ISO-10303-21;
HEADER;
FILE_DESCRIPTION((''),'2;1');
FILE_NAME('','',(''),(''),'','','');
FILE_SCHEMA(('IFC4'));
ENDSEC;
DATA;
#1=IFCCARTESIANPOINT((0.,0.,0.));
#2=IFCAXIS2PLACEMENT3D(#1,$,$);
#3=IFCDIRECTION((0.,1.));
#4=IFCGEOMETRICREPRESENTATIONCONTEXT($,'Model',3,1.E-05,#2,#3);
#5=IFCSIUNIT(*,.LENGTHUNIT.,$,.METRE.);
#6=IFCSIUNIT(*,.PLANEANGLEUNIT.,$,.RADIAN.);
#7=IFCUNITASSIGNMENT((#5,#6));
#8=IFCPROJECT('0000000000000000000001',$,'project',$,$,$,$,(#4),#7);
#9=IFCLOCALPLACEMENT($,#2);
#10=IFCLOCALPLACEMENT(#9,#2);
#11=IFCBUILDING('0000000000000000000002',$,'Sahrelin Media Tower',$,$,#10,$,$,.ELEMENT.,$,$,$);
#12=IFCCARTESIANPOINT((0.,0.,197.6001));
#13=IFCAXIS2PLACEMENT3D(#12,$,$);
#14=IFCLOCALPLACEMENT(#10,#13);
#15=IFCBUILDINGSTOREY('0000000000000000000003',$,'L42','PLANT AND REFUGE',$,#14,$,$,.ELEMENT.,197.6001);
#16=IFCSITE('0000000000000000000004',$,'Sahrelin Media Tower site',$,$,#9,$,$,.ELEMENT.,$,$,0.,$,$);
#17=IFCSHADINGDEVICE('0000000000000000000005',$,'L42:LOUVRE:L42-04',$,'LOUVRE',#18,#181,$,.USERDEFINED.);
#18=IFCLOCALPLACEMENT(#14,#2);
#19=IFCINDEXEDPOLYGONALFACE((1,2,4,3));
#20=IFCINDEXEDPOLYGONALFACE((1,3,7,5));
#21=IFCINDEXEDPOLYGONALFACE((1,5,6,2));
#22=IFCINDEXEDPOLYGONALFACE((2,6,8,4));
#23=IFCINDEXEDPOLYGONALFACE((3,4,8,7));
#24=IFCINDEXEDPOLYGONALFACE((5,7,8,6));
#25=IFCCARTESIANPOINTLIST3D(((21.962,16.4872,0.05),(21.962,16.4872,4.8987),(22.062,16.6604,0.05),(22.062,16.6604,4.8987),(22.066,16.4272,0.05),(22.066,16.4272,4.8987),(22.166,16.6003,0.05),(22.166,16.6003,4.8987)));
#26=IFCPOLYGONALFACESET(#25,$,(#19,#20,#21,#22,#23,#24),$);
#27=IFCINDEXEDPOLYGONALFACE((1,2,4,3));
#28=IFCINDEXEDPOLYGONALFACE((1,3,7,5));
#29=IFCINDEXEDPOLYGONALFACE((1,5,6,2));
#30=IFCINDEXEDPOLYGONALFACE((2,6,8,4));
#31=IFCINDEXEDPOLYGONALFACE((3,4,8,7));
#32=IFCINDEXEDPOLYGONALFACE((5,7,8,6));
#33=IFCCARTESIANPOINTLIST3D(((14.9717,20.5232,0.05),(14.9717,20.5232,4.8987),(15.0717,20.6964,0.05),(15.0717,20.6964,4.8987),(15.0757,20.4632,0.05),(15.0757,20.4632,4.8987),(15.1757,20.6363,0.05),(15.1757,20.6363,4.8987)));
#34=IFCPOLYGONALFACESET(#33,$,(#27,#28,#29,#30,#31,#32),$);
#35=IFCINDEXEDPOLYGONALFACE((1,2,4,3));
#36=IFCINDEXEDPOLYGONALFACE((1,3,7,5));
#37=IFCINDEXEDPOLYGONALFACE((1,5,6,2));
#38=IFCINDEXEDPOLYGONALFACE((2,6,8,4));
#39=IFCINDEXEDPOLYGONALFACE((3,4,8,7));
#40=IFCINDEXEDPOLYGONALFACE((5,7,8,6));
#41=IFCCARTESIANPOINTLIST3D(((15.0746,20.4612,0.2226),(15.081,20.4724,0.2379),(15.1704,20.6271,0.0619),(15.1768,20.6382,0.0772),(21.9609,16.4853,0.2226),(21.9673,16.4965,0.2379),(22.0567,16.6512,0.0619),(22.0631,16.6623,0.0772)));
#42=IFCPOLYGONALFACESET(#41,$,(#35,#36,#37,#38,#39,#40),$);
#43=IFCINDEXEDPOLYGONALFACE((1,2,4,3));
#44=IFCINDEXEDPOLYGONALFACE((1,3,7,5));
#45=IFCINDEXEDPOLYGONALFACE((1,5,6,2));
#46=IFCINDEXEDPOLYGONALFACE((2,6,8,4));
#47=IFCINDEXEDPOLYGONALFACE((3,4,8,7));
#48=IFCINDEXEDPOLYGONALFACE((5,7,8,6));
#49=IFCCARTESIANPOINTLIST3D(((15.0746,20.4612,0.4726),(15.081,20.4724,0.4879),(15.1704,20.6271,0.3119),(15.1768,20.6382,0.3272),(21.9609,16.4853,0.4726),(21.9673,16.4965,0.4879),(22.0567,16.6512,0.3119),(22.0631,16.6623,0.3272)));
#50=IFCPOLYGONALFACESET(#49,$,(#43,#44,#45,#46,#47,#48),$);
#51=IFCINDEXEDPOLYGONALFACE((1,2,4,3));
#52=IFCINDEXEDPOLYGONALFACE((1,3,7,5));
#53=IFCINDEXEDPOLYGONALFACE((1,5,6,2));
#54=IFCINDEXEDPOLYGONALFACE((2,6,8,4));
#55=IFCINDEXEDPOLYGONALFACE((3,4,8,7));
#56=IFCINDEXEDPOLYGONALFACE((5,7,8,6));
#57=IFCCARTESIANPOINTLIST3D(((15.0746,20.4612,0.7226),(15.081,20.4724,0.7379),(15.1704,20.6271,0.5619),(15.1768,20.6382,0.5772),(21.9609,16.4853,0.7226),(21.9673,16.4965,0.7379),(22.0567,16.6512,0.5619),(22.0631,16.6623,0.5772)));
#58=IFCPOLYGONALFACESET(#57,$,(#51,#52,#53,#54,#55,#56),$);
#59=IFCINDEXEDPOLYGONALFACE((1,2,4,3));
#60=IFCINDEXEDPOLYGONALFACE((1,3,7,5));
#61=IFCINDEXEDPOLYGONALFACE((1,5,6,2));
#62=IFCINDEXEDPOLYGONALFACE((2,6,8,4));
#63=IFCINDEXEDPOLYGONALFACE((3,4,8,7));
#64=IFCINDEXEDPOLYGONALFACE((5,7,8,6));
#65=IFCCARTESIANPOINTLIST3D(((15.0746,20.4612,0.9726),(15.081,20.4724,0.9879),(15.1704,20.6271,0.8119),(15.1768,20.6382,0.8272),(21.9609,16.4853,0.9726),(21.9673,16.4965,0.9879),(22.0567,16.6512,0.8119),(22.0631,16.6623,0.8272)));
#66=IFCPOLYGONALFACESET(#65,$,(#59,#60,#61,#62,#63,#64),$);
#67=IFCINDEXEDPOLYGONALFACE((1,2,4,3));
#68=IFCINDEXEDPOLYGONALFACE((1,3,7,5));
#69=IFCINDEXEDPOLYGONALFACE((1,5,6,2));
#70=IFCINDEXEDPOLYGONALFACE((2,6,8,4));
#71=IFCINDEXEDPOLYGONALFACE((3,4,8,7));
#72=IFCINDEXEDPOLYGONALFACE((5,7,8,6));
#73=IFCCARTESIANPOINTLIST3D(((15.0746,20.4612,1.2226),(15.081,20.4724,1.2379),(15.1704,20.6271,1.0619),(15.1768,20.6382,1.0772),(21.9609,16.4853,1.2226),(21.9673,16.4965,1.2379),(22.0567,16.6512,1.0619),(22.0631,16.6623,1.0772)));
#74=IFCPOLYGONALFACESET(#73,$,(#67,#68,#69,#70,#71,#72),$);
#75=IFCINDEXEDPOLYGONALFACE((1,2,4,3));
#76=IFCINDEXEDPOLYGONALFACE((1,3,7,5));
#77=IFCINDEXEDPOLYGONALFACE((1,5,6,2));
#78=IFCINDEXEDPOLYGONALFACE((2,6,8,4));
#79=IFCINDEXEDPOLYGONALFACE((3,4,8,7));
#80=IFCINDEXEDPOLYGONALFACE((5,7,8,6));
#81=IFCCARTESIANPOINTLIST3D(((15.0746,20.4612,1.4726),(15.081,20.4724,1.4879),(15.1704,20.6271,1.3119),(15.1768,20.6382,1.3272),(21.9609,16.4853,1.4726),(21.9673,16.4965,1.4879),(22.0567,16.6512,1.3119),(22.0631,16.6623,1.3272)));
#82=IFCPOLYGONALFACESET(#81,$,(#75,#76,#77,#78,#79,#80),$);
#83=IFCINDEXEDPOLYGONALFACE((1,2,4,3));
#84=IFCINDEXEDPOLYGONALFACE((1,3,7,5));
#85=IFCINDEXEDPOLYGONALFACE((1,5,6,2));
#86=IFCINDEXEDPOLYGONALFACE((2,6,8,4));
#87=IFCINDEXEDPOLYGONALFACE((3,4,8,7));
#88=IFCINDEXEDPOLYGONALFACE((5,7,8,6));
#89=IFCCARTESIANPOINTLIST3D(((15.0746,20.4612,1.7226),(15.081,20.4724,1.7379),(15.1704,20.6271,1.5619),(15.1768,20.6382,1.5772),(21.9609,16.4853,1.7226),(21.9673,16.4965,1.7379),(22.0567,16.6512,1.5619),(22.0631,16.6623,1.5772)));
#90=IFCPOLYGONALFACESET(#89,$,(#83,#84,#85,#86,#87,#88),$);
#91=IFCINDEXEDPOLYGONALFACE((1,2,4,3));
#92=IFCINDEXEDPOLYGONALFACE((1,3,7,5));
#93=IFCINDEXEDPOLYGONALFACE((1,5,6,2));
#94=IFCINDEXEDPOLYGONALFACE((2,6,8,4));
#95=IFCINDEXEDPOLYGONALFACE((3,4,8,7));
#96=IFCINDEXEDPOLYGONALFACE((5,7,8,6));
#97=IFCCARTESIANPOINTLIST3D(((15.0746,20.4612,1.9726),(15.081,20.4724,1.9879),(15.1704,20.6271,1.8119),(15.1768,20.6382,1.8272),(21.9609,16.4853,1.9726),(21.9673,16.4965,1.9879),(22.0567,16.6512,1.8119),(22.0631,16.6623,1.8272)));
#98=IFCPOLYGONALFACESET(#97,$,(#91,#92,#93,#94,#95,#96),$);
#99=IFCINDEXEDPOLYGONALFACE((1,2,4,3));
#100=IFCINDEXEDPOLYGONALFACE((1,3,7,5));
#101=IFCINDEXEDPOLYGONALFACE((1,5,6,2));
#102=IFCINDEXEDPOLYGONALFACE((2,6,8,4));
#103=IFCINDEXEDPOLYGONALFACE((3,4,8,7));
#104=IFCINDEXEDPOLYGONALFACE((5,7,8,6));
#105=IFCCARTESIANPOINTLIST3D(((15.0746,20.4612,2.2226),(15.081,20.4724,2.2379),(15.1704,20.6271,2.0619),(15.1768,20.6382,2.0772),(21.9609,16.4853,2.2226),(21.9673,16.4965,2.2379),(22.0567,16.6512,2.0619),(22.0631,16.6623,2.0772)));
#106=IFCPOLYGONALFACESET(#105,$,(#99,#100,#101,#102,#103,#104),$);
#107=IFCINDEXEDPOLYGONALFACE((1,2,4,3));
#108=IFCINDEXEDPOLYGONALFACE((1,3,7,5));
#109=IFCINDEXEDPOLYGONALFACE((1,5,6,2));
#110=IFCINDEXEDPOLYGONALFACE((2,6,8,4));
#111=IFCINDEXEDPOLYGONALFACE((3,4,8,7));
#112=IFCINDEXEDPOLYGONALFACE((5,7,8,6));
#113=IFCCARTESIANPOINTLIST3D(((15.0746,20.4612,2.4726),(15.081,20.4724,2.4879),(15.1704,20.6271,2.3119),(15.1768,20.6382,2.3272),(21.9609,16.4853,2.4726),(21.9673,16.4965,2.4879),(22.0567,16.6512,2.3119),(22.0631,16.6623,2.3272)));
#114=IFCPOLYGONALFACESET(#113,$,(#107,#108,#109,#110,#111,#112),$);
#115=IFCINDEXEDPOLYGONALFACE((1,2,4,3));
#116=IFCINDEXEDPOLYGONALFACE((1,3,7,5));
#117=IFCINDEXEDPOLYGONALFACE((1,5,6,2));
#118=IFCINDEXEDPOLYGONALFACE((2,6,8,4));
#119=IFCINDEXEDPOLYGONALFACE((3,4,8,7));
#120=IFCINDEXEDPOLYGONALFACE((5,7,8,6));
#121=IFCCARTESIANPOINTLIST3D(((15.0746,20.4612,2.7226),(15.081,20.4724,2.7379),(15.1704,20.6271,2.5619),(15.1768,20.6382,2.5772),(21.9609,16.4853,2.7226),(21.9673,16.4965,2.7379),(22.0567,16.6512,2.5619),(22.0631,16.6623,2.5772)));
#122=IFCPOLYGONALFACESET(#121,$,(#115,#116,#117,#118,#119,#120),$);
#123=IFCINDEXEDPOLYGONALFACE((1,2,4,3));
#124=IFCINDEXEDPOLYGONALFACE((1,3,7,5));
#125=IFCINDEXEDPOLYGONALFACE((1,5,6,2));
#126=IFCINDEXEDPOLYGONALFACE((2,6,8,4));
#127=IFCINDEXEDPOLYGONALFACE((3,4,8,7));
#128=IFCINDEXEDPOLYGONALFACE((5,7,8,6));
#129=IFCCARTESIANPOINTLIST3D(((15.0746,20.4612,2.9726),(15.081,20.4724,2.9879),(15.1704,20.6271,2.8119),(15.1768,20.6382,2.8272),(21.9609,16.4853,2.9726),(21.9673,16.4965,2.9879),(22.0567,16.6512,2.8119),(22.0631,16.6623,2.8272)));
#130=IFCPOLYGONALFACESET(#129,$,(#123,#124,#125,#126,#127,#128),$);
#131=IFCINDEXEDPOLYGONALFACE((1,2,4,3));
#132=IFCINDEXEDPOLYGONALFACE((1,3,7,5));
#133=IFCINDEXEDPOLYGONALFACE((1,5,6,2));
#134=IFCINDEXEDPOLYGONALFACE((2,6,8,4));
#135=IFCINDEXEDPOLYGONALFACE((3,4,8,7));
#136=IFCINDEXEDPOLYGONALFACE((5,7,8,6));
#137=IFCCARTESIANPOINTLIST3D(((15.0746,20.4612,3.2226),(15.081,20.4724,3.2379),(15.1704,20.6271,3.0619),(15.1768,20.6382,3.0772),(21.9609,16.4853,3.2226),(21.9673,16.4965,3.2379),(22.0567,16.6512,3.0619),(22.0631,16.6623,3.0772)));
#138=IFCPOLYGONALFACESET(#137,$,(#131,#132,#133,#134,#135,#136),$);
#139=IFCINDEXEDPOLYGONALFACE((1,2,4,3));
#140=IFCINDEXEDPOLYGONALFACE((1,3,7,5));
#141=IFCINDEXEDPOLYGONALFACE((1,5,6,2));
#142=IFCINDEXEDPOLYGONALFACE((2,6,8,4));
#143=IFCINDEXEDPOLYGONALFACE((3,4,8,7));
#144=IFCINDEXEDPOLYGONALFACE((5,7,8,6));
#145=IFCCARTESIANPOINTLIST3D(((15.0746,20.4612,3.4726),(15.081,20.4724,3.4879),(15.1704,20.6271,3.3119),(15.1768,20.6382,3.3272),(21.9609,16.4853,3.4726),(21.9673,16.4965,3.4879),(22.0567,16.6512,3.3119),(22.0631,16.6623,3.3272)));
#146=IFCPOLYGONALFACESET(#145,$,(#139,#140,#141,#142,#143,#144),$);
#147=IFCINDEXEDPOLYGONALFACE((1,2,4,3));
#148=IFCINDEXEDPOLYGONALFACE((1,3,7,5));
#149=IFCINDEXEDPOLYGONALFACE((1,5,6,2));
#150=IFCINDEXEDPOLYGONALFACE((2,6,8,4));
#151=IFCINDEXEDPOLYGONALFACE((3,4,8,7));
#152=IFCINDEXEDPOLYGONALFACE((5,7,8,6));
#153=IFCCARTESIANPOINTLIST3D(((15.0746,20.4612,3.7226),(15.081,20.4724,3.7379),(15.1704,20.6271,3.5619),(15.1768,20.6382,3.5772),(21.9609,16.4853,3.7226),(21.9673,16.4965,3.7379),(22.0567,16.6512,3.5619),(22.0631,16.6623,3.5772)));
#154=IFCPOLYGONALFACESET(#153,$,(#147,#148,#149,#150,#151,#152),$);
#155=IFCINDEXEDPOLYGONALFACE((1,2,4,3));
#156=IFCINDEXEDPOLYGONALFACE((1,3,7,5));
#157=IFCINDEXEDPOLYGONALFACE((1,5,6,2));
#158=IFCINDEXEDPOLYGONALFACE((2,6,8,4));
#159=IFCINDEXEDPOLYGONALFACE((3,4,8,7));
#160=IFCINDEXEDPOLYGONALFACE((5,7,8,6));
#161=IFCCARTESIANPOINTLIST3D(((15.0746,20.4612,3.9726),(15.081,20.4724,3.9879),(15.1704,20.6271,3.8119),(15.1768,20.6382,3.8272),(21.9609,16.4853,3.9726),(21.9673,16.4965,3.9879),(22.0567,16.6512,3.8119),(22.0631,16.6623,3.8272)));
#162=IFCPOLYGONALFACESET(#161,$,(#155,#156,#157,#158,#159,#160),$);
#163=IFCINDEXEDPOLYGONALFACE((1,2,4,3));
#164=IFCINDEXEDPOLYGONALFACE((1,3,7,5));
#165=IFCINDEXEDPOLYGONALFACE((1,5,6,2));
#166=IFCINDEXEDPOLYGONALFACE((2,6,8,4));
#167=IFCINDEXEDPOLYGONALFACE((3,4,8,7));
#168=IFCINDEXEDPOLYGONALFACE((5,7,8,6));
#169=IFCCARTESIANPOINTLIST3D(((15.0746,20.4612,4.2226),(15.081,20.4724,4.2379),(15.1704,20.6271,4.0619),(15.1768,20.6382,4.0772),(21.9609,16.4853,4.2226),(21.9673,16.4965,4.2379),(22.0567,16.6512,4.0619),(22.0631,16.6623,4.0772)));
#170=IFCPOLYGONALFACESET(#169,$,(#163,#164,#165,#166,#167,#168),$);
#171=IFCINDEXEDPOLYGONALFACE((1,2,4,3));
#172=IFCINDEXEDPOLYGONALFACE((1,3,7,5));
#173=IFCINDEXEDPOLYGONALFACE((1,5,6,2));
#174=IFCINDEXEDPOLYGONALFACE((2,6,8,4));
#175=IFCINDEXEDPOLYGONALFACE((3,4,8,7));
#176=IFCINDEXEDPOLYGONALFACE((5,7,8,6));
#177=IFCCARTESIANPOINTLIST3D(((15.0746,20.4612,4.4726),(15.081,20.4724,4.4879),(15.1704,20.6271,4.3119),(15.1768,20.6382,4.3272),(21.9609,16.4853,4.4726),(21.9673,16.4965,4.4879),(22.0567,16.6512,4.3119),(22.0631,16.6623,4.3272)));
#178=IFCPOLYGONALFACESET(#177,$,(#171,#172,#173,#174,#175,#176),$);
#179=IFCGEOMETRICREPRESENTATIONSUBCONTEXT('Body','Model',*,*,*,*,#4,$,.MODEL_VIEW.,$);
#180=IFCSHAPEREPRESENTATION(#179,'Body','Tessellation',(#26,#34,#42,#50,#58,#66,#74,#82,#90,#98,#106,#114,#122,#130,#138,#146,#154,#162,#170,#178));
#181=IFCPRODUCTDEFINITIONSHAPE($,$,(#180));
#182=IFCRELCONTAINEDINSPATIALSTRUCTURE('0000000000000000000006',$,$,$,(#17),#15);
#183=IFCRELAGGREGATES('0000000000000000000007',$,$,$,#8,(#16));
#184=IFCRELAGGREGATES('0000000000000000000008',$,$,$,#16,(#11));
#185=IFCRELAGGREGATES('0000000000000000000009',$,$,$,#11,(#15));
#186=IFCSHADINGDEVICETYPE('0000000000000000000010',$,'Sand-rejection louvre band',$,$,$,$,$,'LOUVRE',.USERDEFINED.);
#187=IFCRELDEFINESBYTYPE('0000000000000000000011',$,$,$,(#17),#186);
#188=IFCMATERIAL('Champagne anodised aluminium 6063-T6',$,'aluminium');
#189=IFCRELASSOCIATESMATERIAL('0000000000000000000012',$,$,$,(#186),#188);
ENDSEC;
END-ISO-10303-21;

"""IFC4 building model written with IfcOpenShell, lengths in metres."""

from ifc_helpers import new_model, si_unit, direction, frame, origin, origin_2d, place, context, subcontext, project, spatial, rectangle, extrude, material, type_object, element, save


model = new_model("IFC4")

# Units and contexts
model_context = context("Model", 3, precision=1e-05, world=origin(), true_north=direction((0.0, 1.0)))
body_context = subcontext(model_context, "Body", "Model", "MODEL_VIEW")
ifc_project = project(units=[si_unit("LENGTHUNIT", "METRE"), si_unit("PLANEANGLEUNIT", "RADIAN")], contexts=[model_context])

# Site, building, storey
site_placement = place(None, origin())
site = spatial("IfcSite", under=ifc_project, at=site_placement, Name="Sahrelin Media Tower site", CompositionType="ELEMENT", RefElevation=0.0)
building_placement = place(site_placement, origin())
building = spatial("IfcBuilding", under=site, at=building_placement, Name="Sahrelin Media Tower", CompositionType="ELEMENT")
storey_placement = place(building_placement, frame((0.0, 0.0, 197.6001)))
storey = spatial("IfcBuildingStorey", under=building, at=storey_placement, Name="L42", Description="PLANT AND REFUGE", CompositionType="ELEMENT", Elevation=197.6001)

# Shading device
ifc_material_1 = material(Name="Champagne anodised aluminium 6063-T6", Category="aluminium")
shading_device_type = type_object("IfcShadingDeviceType", Name="Sand-rejection louvre band", ElementType="LOUVRE", PredefinedType="USERDEFINED", material=ifc_material_1)
shading_device_1_placement = place(storey_placement, frame((18.5188, 18.4751, 0.0), z_axis=(0.0, 0.0, 1.0), x_axis=(0.866019, -0.500011, 0.0)))
element("IfcShadingDevice", 1, at=shading_device_1_placement, inside=storey, type_object=shading_device_type, Name="L42:LOUVRE:L42-04", ObjectType="LOUVRE", PredefinedType="USERDEFINED", context=body_context, shape_type="SweptSolid", body=[
    extrude(rectangle(XDim=0.1201, YDim=0.2, at=origin_2d()), frame((4.0359, 0.1001, 0.05), z_axis=(0.0, 0.0, 1.0), x_axis=(1.0, 0.0, 0.0)), (0.0, 0.0, 1.0), 4.8486),
    extrude(rectangle(XDim=0.1201, YDim=0.2, at=origin_2d()), frame((-4.0359, 0.1001, 0.05), z_axis=(0.0, 0.0, 1.0), x_axis=(1.0, 0.0, 0.0)), (0.0, 0.0, 1.0), 4.8486),
    extrude(rectangle(XDim=0.25, YDim=0.02, at=origin_2d()), frame((3.9758, 0.1001, 0.1499), z_axis=(-1.0, 0.0, 0.0), x_axis=(0.0, -0.766044, 0.642788)), (0.0, 0.0, 1.0), 7.9517),
    extrude(rectangle(XDim=0.25, YDim=0.02, at=origin_2d()), frame((3.9758, 0.1001, 0.3999), z_axis=(-1.0, 0.0, 0.0), x_axis=(0.0, -0.766044, 0.642788)), (0.0, 0.0, 1.0), 7.9517),
    extrude(rectangle(XDim=0.25, YDim=0.02, at=origin_2d()), frame((3.9758, 0.1001, 0.6499), z_axis=(-1.0, 0.0, 0.0), x_axis=(0.0, -0.766044, 0.642788)), (0.0, 0.0, 1.0), 7.9517),
    extrude(rectangle(XDim=0.25, YDim=0.02, at=origin_2d()), frame((3.9758, 0.1001, 0.8999), z_axis=(-1.0, 0.0, 0.0), x_axis=(0.0, -0.766044, 0.642788)), (0.0, 0.0, 1.0), 7.9517),
    extrude(rectangle(XDim=0.25, YDim=0.02, at=origin_2d()), frame((3.9758, 0.1001, 1.1499), z_axis=(-1.0, 0.0, 0.0), x_axis=(0.0, -0.766044, 0.642788)), (0.0, 0.0, 1.0), 7.9517),
    extrude(rectangle(XDim=0.25, YDim=0.02, at=origin_2d()), frame((3.9758, 0.1001, 1.3999), z_axis=(-1.0, 0.0, 0.0), x_axis=(0.0, -0.766044, 0.642788)), (0.0, 0.0, 1.0), 7.9517),
    extrude(rectangle(XDim=0.25, YDim=0.02, at=origin_2d()), frame((3.9758, 0.1001, 1.6499), z_axis=(-1.0, 0.0, 0.0), x_axis=(0.0, -0.766044, 0.642788)), (0.0, 0.0, 1.0), 7.9517),
    extrude(rectangle(XDim=0.25, YDim=0.02, at=origin_2d()), frame((3.9758, 0.1001, 1.8999), z_axis=(-1.0, 0.0, 0.0), x_axis=(0.0, -0.766044, 0.642788)), (0.0, 0.0, 1.0), 7.9517),
    extrude(rectangle(XDim=0.25, YDim=0.02, at=origin_2d()), frame((3.9758, 0.1001, 2.1499), z_axis=(-1.0, 0.0, 0.0), x_axis=(0.0, -0.766044, 0.642788)), (0.0, 0.0, 1.0), 7.9517),
    extrude(rectangle(XDim=0.25, YDim=0.02, at=origin_2d()), frame((3.9758, 0.1001, 2.3999), z_axis=(-1.0, 0.0, 0.0), x_axis=(0.0, -0.766044, 0.642788)), (0.0, 0.0, 1.0), 7.9517),
    extrude(rectangle(XDim=0.25, YDim=0.02, at=origin_2d()), frame((3.9758, 0.1001, 2.6499), z_axis=(-1.0, 0.0, 0.0), x_axis=(0.0, -0.766044, 0.642788)), (0.0, 0.0, 1.0), 7.9517),
    extrude(rectangle(XDim=0.25, YDim=0.02, at=origin_2d()), frame((3.9758, 0.1001, 2.8999), z_axis=(-1.0, 0.0, 0.0), x_axis=(0.0, -0.766044, 0.642788)), (0.0, 0.0, 1.0), 7.9517),
    extrude(rectangle(XDim=0.25, YDim=0.02, at=origin_2d()), frame((3.9758, 0.1001, 3.1499), z_axis=(-1.0, 0.0, 0.0), x_axis=(0.0, -0.766044, 0.642788)), (0.0, 0.0, 1.0), 7.9517),
    extrude(rectangle(XDim=0.25, YDim=0.02, at=origin_2d()), frame((3.9758, 0.1001, 3.3999), z_axis=(-1.0, 0.0, 0.0), x_axis=(0.0, -0.766044, 0.642788)), (0.0, 0.0, 1.0), 7.9517),
    extrude(rectangle(XDim=0.25, YDim=0.02, at=origin_2d()), frame((3.9758, 0.1001, 3.6499), z_axis=(-1.0, 0.0, 0.0), x_axis=(0.0, -0.766044, 0.642788)), (0.0, 0.0, 1.0), 7.9517),
    extrude(rectangle(XDim=0.25, YDim=0.02, at=origin_2d()), frame((3.9758, 0.1001, 3.8999), z_axis=(-1.0, 0.0, 0.0), x_axis=(0.0, -0.766044, 0.642788)), (0.0, 0.0, 1.0), 7.9517),
    extrude(rectangle(XDim=0.25, YDim=0.02, at=origin_2d()), frame((3.9758, 0.1001, 4.1499), z_axis=(-1.0, 0.0, 0.0), x_axis=(0.0, -0.766044, 0.642788)), (0.0, 0.0, 1.0), 7.9517),
    extrude(rectangle(XDim=0.25, YDim=0.02, at=origin_2d()), frame((3.9758, 0.1001, 4.3999), z_axis=(-1.0, 0.0, 0.0), x_axis=(0.0, -0.766044, 0.642788)), (0.0, 0.0, 1.0), 7.9517),
])

save(model, "model.ifc")
